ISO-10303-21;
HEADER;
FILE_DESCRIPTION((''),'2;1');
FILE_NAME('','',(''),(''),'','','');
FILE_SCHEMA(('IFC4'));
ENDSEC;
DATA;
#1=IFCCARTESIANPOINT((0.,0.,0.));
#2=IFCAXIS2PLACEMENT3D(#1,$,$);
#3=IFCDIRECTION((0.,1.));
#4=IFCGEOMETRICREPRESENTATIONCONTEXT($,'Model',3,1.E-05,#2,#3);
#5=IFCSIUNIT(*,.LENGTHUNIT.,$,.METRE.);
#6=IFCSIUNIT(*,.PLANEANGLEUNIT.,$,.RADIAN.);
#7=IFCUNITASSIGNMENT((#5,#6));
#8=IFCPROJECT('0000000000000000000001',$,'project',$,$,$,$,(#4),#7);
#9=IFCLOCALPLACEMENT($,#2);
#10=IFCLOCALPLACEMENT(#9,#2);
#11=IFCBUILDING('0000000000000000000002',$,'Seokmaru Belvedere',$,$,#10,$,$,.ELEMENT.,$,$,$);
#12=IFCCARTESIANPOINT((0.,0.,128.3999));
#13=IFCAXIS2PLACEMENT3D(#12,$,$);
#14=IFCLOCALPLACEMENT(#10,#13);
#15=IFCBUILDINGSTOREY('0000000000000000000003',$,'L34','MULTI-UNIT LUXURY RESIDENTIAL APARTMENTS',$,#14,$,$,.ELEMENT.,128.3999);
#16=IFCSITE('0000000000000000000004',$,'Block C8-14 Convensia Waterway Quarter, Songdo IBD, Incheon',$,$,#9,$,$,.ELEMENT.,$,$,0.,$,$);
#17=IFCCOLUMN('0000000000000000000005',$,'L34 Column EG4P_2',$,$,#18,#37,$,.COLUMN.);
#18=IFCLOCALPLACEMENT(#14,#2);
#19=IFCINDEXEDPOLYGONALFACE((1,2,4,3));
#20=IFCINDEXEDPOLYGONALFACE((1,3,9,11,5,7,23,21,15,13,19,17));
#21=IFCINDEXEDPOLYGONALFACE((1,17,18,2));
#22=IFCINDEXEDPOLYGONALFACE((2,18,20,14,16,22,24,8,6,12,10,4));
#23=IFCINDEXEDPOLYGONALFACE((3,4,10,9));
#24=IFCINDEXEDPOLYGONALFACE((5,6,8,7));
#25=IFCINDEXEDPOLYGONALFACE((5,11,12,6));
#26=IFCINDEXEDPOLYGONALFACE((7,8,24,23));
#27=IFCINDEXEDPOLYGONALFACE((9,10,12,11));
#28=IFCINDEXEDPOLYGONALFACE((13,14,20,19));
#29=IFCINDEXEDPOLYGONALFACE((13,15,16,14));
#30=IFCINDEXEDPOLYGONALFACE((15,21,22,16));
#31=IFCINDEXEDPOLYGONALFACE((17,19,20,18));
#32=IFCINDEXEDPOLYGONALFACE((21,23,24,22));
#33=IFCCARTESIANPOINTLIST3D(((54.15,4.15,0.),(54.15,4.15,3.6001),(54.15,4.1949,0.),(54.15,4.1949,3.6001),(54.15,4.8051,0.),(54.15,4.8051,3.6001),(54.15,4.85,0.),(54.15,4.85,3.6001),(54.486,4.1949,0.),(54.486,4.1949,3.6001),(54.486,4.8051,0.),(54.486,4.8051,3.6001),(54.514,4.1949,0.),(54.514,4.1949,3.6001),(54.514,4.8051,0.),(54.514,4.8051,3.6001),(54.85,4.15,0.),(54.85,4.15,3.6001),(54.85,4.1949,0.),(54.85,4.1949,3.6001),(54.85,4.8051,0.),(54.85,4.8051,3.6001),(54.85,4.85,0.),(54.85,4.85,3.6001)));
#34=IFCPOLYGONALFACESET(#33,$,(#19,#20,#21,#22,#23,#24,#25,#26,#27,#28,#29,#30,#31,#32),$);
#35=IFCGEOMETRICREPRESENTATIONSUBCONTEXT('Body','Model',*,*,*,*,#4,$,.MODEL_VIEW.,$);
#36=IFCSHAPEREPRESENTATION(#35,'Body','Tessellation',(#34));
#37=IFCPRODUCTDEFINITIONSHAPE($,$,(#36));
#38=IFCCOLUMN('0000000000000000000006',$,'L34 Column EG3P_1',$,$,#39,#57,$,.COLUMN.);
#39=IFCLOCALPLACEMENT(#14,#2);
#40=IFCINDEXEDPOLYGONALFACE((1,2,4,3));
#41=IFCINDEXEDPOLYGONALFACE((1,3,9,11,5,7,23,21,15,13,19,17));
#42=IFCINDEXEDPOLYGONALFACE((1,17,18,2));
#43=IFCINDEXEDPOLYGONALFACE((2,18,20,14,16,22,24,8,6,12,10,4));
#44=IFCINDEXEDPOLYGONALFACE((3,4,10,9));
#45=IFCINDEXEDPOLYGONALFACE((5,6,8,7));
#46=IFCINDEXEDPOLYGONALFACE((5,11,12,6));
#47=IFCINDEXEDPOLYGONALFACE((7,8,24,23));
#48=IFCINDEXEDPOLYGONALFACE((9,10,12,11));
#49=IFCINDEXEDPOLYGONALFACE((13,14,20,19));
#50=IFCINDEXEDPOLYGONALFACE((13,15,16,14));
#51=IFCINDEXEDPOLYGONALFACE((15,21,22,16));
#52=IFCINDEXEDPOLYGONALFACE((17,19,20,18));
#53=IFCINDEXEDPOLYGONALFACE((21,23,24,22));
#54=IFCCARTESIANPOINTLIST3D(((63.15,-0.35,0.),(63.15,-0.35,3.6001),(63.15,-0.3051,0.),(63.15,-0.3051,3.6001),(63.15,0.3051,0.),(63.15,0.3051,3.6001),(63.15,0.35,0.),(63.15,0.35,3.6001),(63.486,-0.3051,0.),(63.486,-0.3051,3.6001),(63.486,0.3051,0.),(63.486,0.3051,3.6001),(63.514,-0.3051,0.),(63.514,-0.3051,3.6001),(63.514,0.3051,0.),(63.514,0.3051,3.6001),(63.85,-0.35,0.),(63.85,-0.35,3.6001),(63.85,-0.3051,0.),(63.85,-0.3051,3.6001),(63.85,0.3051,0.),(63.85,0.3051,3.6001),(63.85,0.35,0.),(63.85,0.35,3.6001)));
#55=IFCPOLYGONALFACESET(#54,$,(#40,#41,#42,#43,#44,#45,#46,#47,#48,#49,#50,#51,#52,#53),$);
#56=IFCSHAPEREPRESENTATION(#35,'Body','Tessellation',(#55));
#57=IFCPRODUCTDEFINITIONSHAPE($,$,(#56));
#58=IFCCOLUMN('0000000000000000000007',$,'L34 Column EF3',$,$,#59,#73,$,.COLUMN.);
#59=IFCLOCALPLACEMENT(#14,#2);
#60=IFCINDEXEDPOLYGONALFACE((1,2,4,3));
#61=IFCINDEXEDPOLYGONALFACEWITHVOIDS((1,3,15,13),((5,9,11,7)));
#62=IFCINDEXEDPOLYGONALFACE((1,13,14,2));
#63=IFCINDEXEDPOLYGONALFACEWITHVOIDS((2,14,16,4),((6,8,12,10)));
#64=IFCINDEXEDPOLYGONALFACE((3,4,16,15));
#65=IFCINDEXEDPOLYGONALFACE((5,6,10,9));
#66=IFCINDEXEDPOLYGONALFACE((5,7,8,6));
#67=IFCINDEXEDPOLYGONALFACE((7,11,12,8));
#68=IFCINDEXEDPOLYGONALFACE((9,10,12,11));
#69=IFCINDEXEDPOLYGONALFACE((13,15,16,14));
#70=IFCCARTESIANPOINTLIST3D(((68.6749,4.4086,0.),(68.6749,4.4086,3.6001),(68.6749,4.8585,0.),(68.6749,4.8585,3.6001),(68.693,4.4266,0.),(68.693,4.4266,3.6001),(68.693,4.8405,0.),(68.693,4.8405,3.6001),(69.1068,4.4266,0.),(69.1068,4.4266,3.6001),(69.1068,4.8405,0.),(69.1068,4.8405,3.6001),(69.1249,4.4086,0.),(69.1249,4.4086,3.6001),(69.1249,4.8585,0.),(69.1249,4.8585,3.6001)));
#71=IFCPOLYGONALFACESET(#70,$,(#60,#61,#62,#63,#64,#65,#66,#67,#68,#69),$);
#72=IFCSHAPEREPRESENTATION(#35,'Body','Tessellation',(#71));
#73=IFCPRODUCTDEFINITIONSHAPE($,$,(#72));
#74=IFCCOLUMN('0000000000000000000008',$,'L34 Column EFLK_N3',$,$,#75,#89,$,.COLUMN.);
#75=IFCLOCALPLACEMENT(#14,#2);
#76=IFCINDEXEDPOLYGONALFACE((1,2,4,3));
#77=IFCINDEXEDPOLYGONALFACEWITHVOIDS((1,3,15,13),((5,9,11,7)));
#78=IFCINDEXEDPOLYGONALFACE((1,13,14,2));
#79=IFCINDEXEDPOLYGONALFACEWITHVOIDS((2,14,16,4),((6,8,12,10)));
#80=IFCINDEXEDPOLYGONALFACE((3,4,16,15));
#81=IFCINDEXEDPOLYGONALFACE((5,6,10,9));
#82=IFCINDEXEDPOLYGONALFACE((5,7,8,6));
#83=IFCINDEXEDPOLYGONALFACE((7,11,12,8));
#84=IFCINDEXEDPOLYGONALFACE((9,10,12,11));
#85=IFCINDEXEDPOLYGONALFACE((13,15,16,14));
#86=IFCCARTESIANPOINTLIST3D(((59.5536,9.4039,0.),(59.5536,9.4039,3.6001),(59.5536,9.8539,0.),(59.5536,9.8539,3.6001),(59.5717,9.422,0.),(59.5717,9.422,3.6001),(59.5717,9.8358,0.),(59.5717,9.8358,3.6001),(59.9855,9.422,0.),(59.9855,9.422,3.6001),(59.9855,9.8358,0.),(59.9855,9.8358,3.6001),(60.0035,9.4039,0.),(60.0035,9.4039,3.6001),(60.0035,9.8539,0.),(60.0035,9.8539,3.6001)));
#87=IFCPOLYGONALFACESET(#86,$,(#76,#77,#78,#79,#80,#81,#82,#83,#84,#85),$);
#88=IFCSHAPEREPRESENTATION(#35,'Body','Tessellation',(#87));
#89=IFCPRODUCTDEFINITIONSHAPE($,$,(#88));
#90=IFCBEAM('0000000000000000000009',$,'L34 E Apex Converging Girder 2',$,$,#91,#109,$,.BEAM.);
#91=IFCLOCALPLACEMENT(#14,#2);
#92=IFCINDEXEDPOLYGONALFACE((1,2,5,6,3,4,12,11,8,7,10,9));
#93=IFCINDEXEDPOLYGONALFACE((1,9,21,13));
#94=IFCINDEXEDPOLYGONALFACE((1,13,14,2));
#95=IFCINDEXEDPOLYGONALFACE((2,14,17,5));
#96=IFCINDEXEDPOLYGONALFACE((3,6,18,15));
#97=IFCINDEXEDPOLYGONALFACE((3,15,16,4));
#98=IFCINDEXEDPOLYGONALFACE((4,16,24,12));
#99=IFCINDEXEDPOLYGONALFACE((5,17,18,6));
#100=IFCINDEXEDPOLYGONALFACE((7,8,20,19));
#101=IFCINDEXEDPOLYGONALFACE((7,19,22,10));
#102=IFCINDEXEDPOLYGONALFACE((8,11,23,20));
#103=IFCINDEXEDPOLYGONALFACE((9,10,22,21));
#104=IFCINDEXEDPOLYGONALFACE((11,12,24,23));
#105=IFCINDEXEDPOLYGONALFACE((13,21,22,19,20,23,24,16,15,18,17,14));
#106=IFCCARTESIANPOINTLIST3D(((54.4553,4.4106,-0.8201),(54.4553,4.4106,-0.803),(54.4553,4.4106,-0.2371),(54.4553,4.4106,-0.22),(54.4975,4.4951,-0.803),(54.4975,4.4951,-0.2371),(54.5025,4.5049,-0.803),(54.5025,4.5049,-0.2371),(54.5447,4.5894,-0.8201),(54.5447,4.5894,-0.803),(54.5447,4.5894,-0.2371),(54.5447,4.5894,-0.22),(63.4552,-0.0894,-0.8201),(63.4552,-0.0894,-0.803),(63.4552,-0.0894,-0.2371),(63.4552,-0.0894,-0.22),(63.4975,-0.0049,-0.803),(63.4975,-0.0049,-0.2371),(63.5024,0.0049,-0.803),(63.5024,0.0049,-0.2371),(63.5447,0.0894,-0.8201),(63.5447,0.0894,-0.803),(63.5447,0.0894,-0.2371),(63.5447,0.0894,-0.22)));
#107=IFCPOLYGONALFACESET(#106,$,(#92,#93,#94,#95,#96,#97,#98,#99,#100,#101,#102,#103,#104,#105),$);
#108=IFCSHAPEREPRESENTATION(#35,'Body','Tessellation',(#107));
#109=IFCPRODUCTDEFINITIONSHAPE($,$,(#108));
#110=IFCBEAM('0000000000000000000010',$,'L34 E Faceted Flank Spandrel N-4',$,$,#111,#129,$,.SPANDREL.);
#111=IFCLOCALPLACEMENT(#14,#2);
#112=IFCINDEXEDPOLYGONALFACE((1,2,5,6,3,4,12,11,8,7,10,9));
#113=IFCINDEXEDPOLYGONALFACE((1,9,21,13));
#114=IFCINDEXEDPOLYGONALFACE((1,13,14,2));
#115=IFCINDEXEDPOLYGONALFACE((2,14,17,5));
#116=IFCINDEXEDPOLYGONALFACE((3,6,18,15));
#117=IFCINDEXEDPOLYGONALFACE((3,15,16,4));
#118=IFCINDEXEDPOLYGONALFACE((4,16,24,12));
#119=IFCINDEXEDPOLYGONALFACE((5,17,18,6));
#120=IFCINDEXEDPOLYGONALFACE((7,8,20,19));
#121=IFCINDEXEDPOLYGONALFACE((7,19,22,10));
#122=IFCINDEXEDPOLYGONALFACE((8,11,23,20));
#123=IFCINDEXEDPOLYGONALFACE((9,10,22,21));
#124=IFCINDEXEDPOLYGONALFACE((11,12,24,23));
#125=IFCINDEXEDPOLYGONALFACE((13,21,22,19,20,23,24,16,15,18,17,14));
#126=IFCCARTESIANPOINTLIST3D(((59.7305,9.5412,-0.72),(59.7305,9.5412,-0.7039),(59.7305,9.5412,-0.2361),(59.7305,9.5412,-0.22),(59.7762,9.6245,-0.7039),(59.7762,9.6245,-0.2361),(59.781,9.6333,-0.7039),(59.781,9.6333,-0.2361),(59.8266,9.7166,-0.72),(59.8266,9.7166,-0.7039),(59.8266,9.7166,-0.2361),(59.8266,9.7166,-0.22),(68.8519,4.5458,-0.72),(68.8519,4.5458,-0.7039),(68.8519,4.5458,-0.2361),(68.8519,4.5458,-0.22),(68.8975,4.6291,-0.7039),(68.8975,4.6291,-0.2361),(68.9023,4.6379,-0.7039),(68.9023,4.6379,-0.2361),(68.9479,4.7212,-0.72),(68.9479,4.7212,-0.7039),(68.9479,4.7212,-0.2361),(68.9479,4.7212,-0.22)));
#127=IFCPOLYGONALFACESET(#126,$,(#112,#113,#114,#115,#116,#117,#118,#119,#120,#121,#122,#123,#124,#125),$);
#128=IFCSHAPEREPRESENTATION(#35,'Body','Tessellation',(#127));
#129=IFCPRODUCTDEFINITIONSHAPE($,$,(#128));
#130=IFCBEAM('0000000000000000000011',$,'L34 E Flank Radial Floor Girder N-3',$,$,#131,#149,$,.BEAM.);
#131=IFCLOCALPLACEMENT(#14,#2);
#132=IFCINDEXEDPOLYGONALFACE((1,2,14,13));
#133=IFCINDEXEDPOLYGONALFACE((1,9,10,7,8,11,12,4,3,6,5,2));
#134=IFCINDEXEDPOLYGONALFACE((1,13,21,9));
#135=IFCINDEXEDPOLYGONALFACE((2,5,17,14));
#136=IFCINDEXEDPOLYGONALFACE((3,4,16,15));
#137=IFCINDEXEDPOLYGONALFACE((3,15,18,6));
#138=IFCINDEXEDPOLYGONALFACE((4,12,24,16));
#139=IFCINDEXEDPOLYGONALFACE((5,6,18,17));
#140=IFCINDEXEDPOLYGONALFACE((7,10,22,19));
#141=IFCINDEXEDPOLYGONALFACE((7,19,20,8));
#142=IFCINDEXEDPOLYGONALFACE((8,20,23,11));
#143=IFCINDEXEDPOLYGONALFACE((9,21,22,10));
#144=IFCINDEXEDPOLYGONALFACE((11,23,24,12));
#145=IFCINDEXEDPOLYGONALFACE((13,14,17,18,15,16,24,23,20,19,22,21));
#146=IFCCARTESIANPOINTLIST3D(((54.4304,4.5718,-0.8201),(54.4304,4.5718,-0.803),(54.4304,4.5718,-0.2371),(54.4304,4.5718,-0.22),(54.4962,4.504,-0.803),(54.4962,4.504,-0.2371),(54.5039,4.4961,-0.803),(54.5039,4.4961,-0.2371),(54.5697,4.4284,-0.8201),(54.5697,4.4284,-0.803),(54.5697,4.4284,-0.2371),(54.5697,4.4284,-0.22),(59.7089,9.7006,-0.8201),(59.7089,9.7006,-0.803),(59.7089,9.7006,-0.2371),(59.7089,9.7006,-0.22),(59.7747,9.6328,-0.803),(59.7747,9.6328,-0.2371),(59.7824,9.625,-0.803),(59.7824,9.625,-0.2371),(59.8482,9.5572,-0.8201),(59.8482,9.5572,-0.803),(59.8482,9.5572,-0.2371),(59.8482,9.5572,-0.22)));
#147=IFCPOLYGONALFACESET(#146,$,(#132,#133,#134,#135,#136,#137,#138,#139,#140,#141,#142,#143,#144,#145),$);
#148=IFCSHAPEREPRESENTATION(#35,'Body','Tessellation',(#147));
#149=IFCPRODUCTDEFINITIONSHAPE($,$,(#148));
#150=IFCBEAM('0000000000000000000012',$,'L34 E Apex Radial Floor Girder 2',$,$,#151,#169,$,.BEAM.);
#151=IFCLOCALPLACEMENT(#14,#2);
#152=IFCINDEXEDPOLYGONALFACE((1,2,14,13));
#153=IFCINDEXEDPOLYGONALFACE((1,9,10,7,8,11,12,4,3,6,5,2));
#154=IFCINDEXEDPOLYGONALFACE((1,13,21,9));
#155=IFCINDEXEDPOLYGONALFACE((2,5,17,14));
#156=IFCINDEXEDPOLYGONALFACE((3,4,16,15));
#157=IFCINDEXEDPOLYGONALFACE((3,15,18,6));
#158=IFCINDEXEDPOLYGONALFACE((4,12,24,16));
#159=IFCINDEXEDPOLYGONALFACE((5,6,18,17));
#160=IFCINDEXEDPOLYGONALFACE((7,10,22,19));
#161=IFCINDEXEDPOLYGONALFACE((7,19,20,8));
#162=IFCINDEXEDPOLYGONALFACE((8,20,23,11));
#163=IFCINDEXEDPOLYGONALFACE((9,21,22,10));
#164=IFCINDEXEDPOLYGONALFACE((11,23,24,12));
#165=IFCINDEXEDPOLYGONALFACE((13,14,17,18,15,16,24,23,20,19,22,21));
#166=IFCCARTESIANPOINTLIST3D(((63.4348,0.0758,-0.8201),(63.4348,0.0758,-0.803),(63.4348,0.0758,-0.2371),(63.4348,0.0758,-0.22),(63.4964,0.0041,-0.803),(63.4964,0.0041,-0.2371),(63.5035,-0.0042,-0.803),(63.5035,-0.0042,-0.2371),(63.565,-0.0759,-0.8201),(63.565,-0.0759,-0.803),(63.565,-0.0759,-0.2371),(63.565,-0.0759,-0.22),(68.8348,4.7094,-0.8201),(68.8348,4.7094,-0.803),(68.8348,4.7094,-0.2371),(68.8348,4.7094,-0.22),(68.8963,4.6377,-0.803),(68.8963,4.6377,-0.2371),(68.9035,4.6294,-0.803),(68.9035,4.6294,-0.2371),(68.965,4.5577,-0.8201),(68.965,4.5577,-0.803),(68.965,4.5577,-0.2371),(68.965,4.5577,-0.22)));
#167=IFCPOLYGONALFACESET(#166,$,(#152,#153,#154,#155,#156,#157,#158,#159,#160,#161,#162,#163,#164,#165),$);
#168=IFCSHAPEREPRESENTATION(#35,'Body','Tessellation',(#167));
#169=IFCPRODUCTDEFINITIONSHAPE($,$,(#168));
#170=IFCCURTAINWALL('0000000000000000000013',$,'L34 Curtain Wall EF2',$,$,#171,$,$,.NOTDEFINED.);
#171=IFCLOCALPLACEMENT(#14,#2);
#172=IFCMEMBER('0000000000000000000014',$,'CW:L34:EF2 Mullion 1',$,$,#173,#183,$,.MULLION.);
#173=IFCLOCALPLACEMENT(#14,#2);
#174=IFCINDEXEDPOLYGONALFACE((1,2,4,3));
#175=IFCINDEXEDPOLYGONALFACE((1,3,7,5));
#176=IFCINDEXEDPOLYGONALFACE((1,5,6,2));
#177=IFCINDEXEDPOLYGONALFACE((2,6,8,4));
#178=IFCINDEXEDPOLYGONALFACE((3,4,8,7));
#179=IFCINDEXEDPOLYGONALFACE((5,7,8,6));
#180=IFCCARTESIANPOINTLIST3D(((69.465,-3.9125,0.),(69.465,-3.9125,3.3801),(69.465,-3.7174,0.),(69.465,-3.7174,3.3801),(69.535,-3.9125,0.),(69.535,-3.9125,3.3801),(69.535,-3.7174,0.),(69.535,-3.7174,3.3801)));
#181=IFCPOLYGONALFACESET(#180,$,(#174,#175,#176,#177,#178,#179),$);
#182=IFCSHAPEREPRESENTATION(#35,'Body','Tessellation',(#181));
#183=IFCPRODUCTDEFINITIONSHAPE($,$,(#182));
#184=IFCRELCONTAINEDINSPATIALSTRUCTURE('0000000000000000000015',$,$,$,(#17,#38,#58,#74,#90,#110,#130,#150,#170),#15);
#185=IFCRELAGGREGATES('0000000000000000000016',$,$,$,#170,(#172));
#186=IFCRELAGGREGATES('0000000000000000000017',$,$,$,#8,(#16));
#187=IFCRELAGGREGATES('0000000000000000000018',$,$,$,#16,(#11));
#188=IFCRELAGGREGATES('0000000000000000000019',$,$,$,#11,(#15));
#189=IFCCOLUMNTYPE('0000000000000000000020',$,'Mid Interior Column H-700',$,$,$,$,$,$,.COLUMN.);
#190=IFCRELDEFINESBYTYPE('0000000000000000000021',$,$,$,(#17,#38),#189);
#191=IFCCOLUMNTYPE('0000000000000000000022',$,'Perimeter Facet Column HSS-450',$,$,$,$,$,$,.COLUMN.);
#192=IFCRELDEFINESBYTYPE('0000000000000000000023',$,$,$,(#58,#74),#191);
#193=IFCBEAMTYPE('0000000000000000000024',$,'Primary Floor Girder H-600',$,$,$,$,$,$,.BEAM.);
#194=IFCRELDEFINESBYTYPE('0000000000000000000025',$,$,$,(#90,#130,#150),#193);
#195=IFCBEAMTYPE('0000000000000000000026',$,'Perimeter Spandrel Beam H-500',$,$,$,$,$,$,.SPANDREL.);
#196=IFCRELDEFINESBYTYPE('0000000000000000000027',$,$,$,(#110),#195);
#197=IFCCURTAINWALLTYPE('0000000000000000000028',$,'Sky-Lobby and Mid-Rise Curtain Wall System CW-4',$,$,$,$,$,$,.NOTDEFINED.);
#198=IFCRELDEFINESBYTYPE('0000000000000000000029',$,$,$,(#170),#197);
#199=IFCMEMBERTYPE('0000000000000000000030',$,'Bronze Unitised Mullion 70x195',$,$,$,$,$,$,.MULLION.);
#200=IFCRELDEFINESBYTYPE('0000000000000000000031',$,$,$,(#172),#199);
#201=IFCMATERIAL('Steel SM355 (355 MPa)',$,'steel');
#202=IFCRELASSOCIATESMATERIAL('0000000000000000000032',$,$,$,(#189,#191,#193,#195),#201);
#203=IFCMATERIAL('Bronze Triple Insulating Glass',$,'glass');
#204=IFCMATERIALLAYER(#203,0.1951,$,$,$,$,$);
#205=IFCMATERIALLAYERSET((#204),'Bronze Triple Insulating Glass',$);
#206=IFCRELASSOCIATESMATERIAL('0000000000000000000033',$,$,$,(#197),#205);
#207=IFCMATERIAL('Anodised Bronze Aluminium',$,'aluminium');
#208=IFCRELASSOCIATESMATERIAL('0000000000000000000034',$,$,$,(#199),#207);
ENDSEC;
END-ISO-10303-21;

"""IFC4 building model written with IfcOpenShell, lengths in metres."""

from ifc_helpers import new_model, si_unit, direction, frame, origin, origin_2d, place, context, subcontext, project, spatial, rectangle, hollow_rectangle, i_section, extrude, source, transform, mapped, material, layer, layer_set, material_profile, profile_set, type_object, type_shapes, element, aggregate, save


model = new_model("IFC4")

# Units and contexts
model_context = context("Model", 3, precision=1e-05, world=origin(), true_north=direction((0.0, 1.0)))
body_context = subcontext(model_context, "Body", "Model", "MODEL_VIEW")
ifc_project = project(units=[si_unit("LENGTHUNIT", "METRE"), si_unit("PLANEANGLEUNIT", "RADIAN")], contexts=[model_context])

# Site, building, storey
site_placement = place(None, origin())
site = spatial("IfcSite", under=ifc_project, at=site_placement, Name="Block C8-14 Convensia Waterway Quarter, Songdo IBD, Incheon", CompositionType="ELEMENT", RefElevation=0.0)
building_placement = place(site_placement, origin())
building = spatial("IfcBuilding", under=site, at=building_placement, Name="Seokmaru Belvedere", CompositionType="ELEMENT")
storey_placement = place(building_placement, frame((0.0, 0.0, 128.3999)))
storey = spatial("IfcBuildingStorey", under=building, at=storey_placement, Name="L34", Description="MULTI-UNIT LUXURY RESIDENTIAL APARTMENTS", CompositionType="ELEMENT", Elevation=128.3999)

# Columns
ifc_material_1 = material(Name="Steel SM355 (355 MPa)", Category="steel")
ifc_material_profile_1 = material_profile(ifc_material_1, i_section(OverallWidth=0.7, OverallDepth=0.7, WebThickness=0.0281, FlangeThickness=0.0449, at=origin_2d()), Name="H-700x700x28x45")
ifc_profile_set_1 = profile_set([ifc_material_profile_1], Name="Steel SM355 (355 MPa)")
column_type_1 = type_object("IfcColumnType", Name="Mid Interior Column H-700", PredefinedType="COLUMN", material=ifc_profile_set_1)
shared_shape_1 = source(origin(), body_context, "Body", "SweptSolid", [
    extrude(i_section(OverallWidth=0.7, OverallDepth=0.7, WebThickness=0.0281, FlangeThickness=0.0449, at=origin_2d()), origin(), (0.0, 0.0, 1.0), 3.6001),
])
type_shapes(column_type_1, [shared_shape_1])
for number, where, z_axis, x_axis, name in (
    (1, (54.5, 4.5, 0.0), (0.0, 0.0, 1.0), (1.0, 0.0, 0.0), "L34 Column EG4P_2"),
    (2, (63.5, 0.0, 0.0), (0.0, 0.0, 1.0), (1.0, 0.0, 0.0), "L34 Column EG3P_1"),
):
    element("IfcColumn", number, at=place(storey_placement, frame(where, z_axis=z_axis, x_axis=x_axis)), inside=storey, type_object=column_type_1, Name=name, PredefinedType="COLUMN", context=body_context, shape_type="MappedRepresentation", body=[
        mapped(shared_shape_1, transform((0.0, 0.0, 0.0), scale=1.0)),
    ])
ifc_material_profile_2 = material_profile(ifc_material_1, hollow_rectangle(XDim=0.45, YDim=0.45, WallThickness=0.0181, at=origin_2d()), Name="HSS-450x450x18")
ifc_profile_set_2 = profile_set([ifc_material_profile_2], Name="Steel SM355 (355 MPa)")
column_type_2 = type_object("IfcColumnType", Name="Perimeter Facet Column HSS-450", PredefinedType="COLUMN", material=ifc_profile_set_2)
shared_shape_2 = source(origin(), body_context, "Body", "SweptSolid", [
    extrude(hollow_rectangle(XDim=0.45, YDim=0.45, WallThickness=0.0181, at=origin_2d()), origin(), (0.0, 0.0, 1.0), 3.6001),
])
type_shapes(column_type_2, [shared_shape_2])
for number, where, z_axis, x_axis, name in (
    (3, (68.8999, 4.6335, 0.0), (0.0, 0.0, 1.0), (1.0, 0.0, 0.0), "L34 Column EF3"),
    (4, (59.7786, 9.6289, 0.0), (0.0, 0.0, 1.0), (1.0, 0.0, 0.0), "L34 Column EFLK_N3"),
):
    element("IfcColumn", number, at=place(storey_placement, frame(where, z_axis=z_axis, x_axis=x_axis)), inside=storey, type_object=column_type_2, Name=name, PredefinedType="COLUMN", context=body_context, shape_type="MappedRepresentation", body=[
        mapped(shared_shape_2, transform((0.0, 0.0, 0.0), scale=1.0)),
    ])

# Beams
ifc_material_profile_3 = material_profile(ifc_material_1, i_section(OverallWidth=0.2, OverallDepth=0.6001, WebThickness=0.011, FlangeThickness=0.0171, at=origin_2d()), Name="H-600x200x11x17")
ifc_profile_set_3 = profile_set([ifc_material_profile_3], Name="Steel SM355 (355 MPa)")
beam_type_1 = type_object("IfcBeamType", Name="Primary Floor Girder H-600", PredefinedType="BEAM", material=ifc_profile_set_3)
shared_shape_3 = source(origin(), body_context, "Body", "SweptSolid", [
    extrude(i_section(OverallWidth=0.2, OverallDepth=0.6001, WebThickness=0.011, FlangeThickness=0.0171, at=origin_2d()), origin(), (0.0, 0.0, 1.0), 10.0623),
])
beam_1_placement = place(storey_placement, frame((54.5, 4.5, -0.52), z_axis=(0.894427, -0.447214, 0.0), x_axis=(0.447214, 0.894427, 0.0)))
element("IfcBeam", 5, at=beam_1_placement, inside=storey, type_object=beam_type_1, Name="L34 E Apex Converging Girder 2", PredefinedType="BEAM", context=body_context, shape_type="MappedRepresentation", body=[
    mapped(shared_shape_3, transform((0.0, 0.0, 0.0), scale=1.0)),
])
ifc_material_profile_4 = material_profile(ifc_material_1, i_section(OverallWidth=0.2, OverallDepth=0.5, WebThickness=0.01, FlangeThickness=0.0161, at=origin_2d()), Name="H-500x200x10x16")
ifc_profile_set_4 = profile_set([ifc_material_profile_4], Name="Steel SM355 (355 MPa)")
beam_type_2 = type_object("IfcBeamType", Name="Perimeter Spandrel Beam H-500", PredefinedType="SPANDREL", material=ifc_profile_set_4)
shared_shape_4 = source(origin(), body_context, "Body", "SweptSolid", [
    extrude(i_section(OverallWidth=0.2, OverallDepth=0.5, WebThickness=0.01, FlangeThickness=0.0161, at=origin_2d()), origin(), (0.0, 0.0, 1.0), 10.3997),
])
type_shapes(beam_type_2, [shared_shape_4])
beam_2_placement = place(storey_placement, frame((59.7786, 9.6289, -0.47), z_axis=(0.877082, -0.48034, 0.0), x_axis=(0.48034, 0.877082, 0.0)))
element("IfcBeam", 6, at=beam_2_placement, inside=storey, type_object=beam_type_2, Name="L34 E Faceted Flank Spandrel N-4", PredefinedType="SPANDREL", context=body_context, shape_type="MappedRepresentation", body=[
    mapped(shared_shape_4, transform((0.0, 0.0, 0.0), scale=1.0)),
])
shared_shape_5 = source(origin(), body_context, "Body", "SweptSolid", [
    extrude(i_section(OverallWidth=0.2, OverallDepth=0.6001, WebThickness=0.011, FlangeThickness=0.0171, at=origin_2d()), origin(), (0.0, 0.0, 1.0), 7.3599),
])
beam_3_placement = place(storey_placement, frame((59.7786, 9.6289, -0.52), z_axis=(-0.717201, -0.696867, 0.0), x_axis=(0.696867, -0.717201, 0.0)))
element("IfcBeam", 7, at=beam_3_placement, inside=storey, type_object=beam_type_1, Name="L34 E Flank Radial Floor Girder N-3", PredefinedType="BEAM", context=body_context, shape_type="MappedRepresentation", body=[
    mapped(shared_shape_5, transform((0.0, 0.0, 0.0), scale=1.0)),
])
shared_shape_6 = source(origin(), body_context, "Body", "SweptSolid", [
    extrude(i_section(OverallWidth=0.2, OverallDepth=0.6001, WebThickness=0.011, FlangeThickness=0.0171, at=origin_2d()), origin(), (0.0, 0.0, 1.0), 7.1155),
])
type_shapes(beam_type_1, [shared_shape_3, shared_shape_5, shared_shape_6])
beam_4_placement = place(storey_placement, frame((68.8999, 4.6335, -0.52), z_axis=(-0.758905, -0.651201, 0.0), x_axis=(0.651201, -0.758905, 0.0)))
element("IfcBeam", 8, at=beam_4_placement, inside=storey, type_object=beam_type_1, Name="L34 E Apex Radial Floor Girder 2", PredefinedType="BEAM", context=body_context, shape_type="MappedRepresentation", body=[
    mapped(shared_shape_6, transform((0.0, 0.0, 0.0), scale=1.0)),
])

# Curtain wall, member
ifc_material_2 = material(Name="Bronze Triple Insulating Glass", Category="glass")
ifc_layer_1 = layer(ifc_material_2, 0.1951)
ifc_layer_set_1 = layer_set([ifc_layer_1], Name="Bronze Triple Insulating Glass")
curtain_wall_type = type_object("IfcCurtainWallType", Name="Sky-Lobby and Mid-Rise Curtain Wall System CW-4", PredefinedType="NOTDEFINED", material=ifc_layer_set_1)
curtain_wall_1_placement = place(storey_placement, origin())
curtain_wall_1 = element("IfcCurtainWall", 9, at=curtain_wall_1_placement, inside=storey, type_object=curtain_wall_type, Name="L34 Curtain Wall EF2", PredefinedType="NOTDEFINED")
ifc_material_3 = material(Name="Anodised Bronze Aluminium", Category="aluminium")
ifc_material_profile_5 = material_profile(ifc_material_3, rectangle(XDim=0.0701, YDim=0.1951, at=origin_2d()), Name="CW-M-70x195")
ifc_profile_set_5 = profile_set([ifc_material_profile_5], Name="Anodised Bronze Aluminium")
member_type_1 = type_object("IfcMemberType", Name="Bronze Unitised Mullion 70x195", PredefinedType="MULLION", material=ifc_profile_set_5)
shared_shape_7 = source(origin(), body_context, "Body", "SweptSolid", [
    extrude(rectangle(XDim=0.0701, YDim=0.1951, at=origin_2d()), origin(), (0.0, 0.0, 1.0), 3.3801),
])
member_1_placement = place(storey_placement, frame((69.5, -3.8149, 0.0), z_axis=(0.0, 0.0, 1.0), x_axis=(-1.0, 0.0, 0.0)))
member_1 = element("IfcMember", 10, at=member_1_placement, type_object=member_type_1, Name="CW:L34:EF2 Mullion 1", PredefinedType="MULLION", context=body_context, shape_type="MappedRepresentation", body=[
    mapped(shared_shape_7, transform((0.0, 0.0, 0.0), scale=1.0)),
])

aggregate(curtain_wall_1, [member_1])

save(model, "model.ifc")
